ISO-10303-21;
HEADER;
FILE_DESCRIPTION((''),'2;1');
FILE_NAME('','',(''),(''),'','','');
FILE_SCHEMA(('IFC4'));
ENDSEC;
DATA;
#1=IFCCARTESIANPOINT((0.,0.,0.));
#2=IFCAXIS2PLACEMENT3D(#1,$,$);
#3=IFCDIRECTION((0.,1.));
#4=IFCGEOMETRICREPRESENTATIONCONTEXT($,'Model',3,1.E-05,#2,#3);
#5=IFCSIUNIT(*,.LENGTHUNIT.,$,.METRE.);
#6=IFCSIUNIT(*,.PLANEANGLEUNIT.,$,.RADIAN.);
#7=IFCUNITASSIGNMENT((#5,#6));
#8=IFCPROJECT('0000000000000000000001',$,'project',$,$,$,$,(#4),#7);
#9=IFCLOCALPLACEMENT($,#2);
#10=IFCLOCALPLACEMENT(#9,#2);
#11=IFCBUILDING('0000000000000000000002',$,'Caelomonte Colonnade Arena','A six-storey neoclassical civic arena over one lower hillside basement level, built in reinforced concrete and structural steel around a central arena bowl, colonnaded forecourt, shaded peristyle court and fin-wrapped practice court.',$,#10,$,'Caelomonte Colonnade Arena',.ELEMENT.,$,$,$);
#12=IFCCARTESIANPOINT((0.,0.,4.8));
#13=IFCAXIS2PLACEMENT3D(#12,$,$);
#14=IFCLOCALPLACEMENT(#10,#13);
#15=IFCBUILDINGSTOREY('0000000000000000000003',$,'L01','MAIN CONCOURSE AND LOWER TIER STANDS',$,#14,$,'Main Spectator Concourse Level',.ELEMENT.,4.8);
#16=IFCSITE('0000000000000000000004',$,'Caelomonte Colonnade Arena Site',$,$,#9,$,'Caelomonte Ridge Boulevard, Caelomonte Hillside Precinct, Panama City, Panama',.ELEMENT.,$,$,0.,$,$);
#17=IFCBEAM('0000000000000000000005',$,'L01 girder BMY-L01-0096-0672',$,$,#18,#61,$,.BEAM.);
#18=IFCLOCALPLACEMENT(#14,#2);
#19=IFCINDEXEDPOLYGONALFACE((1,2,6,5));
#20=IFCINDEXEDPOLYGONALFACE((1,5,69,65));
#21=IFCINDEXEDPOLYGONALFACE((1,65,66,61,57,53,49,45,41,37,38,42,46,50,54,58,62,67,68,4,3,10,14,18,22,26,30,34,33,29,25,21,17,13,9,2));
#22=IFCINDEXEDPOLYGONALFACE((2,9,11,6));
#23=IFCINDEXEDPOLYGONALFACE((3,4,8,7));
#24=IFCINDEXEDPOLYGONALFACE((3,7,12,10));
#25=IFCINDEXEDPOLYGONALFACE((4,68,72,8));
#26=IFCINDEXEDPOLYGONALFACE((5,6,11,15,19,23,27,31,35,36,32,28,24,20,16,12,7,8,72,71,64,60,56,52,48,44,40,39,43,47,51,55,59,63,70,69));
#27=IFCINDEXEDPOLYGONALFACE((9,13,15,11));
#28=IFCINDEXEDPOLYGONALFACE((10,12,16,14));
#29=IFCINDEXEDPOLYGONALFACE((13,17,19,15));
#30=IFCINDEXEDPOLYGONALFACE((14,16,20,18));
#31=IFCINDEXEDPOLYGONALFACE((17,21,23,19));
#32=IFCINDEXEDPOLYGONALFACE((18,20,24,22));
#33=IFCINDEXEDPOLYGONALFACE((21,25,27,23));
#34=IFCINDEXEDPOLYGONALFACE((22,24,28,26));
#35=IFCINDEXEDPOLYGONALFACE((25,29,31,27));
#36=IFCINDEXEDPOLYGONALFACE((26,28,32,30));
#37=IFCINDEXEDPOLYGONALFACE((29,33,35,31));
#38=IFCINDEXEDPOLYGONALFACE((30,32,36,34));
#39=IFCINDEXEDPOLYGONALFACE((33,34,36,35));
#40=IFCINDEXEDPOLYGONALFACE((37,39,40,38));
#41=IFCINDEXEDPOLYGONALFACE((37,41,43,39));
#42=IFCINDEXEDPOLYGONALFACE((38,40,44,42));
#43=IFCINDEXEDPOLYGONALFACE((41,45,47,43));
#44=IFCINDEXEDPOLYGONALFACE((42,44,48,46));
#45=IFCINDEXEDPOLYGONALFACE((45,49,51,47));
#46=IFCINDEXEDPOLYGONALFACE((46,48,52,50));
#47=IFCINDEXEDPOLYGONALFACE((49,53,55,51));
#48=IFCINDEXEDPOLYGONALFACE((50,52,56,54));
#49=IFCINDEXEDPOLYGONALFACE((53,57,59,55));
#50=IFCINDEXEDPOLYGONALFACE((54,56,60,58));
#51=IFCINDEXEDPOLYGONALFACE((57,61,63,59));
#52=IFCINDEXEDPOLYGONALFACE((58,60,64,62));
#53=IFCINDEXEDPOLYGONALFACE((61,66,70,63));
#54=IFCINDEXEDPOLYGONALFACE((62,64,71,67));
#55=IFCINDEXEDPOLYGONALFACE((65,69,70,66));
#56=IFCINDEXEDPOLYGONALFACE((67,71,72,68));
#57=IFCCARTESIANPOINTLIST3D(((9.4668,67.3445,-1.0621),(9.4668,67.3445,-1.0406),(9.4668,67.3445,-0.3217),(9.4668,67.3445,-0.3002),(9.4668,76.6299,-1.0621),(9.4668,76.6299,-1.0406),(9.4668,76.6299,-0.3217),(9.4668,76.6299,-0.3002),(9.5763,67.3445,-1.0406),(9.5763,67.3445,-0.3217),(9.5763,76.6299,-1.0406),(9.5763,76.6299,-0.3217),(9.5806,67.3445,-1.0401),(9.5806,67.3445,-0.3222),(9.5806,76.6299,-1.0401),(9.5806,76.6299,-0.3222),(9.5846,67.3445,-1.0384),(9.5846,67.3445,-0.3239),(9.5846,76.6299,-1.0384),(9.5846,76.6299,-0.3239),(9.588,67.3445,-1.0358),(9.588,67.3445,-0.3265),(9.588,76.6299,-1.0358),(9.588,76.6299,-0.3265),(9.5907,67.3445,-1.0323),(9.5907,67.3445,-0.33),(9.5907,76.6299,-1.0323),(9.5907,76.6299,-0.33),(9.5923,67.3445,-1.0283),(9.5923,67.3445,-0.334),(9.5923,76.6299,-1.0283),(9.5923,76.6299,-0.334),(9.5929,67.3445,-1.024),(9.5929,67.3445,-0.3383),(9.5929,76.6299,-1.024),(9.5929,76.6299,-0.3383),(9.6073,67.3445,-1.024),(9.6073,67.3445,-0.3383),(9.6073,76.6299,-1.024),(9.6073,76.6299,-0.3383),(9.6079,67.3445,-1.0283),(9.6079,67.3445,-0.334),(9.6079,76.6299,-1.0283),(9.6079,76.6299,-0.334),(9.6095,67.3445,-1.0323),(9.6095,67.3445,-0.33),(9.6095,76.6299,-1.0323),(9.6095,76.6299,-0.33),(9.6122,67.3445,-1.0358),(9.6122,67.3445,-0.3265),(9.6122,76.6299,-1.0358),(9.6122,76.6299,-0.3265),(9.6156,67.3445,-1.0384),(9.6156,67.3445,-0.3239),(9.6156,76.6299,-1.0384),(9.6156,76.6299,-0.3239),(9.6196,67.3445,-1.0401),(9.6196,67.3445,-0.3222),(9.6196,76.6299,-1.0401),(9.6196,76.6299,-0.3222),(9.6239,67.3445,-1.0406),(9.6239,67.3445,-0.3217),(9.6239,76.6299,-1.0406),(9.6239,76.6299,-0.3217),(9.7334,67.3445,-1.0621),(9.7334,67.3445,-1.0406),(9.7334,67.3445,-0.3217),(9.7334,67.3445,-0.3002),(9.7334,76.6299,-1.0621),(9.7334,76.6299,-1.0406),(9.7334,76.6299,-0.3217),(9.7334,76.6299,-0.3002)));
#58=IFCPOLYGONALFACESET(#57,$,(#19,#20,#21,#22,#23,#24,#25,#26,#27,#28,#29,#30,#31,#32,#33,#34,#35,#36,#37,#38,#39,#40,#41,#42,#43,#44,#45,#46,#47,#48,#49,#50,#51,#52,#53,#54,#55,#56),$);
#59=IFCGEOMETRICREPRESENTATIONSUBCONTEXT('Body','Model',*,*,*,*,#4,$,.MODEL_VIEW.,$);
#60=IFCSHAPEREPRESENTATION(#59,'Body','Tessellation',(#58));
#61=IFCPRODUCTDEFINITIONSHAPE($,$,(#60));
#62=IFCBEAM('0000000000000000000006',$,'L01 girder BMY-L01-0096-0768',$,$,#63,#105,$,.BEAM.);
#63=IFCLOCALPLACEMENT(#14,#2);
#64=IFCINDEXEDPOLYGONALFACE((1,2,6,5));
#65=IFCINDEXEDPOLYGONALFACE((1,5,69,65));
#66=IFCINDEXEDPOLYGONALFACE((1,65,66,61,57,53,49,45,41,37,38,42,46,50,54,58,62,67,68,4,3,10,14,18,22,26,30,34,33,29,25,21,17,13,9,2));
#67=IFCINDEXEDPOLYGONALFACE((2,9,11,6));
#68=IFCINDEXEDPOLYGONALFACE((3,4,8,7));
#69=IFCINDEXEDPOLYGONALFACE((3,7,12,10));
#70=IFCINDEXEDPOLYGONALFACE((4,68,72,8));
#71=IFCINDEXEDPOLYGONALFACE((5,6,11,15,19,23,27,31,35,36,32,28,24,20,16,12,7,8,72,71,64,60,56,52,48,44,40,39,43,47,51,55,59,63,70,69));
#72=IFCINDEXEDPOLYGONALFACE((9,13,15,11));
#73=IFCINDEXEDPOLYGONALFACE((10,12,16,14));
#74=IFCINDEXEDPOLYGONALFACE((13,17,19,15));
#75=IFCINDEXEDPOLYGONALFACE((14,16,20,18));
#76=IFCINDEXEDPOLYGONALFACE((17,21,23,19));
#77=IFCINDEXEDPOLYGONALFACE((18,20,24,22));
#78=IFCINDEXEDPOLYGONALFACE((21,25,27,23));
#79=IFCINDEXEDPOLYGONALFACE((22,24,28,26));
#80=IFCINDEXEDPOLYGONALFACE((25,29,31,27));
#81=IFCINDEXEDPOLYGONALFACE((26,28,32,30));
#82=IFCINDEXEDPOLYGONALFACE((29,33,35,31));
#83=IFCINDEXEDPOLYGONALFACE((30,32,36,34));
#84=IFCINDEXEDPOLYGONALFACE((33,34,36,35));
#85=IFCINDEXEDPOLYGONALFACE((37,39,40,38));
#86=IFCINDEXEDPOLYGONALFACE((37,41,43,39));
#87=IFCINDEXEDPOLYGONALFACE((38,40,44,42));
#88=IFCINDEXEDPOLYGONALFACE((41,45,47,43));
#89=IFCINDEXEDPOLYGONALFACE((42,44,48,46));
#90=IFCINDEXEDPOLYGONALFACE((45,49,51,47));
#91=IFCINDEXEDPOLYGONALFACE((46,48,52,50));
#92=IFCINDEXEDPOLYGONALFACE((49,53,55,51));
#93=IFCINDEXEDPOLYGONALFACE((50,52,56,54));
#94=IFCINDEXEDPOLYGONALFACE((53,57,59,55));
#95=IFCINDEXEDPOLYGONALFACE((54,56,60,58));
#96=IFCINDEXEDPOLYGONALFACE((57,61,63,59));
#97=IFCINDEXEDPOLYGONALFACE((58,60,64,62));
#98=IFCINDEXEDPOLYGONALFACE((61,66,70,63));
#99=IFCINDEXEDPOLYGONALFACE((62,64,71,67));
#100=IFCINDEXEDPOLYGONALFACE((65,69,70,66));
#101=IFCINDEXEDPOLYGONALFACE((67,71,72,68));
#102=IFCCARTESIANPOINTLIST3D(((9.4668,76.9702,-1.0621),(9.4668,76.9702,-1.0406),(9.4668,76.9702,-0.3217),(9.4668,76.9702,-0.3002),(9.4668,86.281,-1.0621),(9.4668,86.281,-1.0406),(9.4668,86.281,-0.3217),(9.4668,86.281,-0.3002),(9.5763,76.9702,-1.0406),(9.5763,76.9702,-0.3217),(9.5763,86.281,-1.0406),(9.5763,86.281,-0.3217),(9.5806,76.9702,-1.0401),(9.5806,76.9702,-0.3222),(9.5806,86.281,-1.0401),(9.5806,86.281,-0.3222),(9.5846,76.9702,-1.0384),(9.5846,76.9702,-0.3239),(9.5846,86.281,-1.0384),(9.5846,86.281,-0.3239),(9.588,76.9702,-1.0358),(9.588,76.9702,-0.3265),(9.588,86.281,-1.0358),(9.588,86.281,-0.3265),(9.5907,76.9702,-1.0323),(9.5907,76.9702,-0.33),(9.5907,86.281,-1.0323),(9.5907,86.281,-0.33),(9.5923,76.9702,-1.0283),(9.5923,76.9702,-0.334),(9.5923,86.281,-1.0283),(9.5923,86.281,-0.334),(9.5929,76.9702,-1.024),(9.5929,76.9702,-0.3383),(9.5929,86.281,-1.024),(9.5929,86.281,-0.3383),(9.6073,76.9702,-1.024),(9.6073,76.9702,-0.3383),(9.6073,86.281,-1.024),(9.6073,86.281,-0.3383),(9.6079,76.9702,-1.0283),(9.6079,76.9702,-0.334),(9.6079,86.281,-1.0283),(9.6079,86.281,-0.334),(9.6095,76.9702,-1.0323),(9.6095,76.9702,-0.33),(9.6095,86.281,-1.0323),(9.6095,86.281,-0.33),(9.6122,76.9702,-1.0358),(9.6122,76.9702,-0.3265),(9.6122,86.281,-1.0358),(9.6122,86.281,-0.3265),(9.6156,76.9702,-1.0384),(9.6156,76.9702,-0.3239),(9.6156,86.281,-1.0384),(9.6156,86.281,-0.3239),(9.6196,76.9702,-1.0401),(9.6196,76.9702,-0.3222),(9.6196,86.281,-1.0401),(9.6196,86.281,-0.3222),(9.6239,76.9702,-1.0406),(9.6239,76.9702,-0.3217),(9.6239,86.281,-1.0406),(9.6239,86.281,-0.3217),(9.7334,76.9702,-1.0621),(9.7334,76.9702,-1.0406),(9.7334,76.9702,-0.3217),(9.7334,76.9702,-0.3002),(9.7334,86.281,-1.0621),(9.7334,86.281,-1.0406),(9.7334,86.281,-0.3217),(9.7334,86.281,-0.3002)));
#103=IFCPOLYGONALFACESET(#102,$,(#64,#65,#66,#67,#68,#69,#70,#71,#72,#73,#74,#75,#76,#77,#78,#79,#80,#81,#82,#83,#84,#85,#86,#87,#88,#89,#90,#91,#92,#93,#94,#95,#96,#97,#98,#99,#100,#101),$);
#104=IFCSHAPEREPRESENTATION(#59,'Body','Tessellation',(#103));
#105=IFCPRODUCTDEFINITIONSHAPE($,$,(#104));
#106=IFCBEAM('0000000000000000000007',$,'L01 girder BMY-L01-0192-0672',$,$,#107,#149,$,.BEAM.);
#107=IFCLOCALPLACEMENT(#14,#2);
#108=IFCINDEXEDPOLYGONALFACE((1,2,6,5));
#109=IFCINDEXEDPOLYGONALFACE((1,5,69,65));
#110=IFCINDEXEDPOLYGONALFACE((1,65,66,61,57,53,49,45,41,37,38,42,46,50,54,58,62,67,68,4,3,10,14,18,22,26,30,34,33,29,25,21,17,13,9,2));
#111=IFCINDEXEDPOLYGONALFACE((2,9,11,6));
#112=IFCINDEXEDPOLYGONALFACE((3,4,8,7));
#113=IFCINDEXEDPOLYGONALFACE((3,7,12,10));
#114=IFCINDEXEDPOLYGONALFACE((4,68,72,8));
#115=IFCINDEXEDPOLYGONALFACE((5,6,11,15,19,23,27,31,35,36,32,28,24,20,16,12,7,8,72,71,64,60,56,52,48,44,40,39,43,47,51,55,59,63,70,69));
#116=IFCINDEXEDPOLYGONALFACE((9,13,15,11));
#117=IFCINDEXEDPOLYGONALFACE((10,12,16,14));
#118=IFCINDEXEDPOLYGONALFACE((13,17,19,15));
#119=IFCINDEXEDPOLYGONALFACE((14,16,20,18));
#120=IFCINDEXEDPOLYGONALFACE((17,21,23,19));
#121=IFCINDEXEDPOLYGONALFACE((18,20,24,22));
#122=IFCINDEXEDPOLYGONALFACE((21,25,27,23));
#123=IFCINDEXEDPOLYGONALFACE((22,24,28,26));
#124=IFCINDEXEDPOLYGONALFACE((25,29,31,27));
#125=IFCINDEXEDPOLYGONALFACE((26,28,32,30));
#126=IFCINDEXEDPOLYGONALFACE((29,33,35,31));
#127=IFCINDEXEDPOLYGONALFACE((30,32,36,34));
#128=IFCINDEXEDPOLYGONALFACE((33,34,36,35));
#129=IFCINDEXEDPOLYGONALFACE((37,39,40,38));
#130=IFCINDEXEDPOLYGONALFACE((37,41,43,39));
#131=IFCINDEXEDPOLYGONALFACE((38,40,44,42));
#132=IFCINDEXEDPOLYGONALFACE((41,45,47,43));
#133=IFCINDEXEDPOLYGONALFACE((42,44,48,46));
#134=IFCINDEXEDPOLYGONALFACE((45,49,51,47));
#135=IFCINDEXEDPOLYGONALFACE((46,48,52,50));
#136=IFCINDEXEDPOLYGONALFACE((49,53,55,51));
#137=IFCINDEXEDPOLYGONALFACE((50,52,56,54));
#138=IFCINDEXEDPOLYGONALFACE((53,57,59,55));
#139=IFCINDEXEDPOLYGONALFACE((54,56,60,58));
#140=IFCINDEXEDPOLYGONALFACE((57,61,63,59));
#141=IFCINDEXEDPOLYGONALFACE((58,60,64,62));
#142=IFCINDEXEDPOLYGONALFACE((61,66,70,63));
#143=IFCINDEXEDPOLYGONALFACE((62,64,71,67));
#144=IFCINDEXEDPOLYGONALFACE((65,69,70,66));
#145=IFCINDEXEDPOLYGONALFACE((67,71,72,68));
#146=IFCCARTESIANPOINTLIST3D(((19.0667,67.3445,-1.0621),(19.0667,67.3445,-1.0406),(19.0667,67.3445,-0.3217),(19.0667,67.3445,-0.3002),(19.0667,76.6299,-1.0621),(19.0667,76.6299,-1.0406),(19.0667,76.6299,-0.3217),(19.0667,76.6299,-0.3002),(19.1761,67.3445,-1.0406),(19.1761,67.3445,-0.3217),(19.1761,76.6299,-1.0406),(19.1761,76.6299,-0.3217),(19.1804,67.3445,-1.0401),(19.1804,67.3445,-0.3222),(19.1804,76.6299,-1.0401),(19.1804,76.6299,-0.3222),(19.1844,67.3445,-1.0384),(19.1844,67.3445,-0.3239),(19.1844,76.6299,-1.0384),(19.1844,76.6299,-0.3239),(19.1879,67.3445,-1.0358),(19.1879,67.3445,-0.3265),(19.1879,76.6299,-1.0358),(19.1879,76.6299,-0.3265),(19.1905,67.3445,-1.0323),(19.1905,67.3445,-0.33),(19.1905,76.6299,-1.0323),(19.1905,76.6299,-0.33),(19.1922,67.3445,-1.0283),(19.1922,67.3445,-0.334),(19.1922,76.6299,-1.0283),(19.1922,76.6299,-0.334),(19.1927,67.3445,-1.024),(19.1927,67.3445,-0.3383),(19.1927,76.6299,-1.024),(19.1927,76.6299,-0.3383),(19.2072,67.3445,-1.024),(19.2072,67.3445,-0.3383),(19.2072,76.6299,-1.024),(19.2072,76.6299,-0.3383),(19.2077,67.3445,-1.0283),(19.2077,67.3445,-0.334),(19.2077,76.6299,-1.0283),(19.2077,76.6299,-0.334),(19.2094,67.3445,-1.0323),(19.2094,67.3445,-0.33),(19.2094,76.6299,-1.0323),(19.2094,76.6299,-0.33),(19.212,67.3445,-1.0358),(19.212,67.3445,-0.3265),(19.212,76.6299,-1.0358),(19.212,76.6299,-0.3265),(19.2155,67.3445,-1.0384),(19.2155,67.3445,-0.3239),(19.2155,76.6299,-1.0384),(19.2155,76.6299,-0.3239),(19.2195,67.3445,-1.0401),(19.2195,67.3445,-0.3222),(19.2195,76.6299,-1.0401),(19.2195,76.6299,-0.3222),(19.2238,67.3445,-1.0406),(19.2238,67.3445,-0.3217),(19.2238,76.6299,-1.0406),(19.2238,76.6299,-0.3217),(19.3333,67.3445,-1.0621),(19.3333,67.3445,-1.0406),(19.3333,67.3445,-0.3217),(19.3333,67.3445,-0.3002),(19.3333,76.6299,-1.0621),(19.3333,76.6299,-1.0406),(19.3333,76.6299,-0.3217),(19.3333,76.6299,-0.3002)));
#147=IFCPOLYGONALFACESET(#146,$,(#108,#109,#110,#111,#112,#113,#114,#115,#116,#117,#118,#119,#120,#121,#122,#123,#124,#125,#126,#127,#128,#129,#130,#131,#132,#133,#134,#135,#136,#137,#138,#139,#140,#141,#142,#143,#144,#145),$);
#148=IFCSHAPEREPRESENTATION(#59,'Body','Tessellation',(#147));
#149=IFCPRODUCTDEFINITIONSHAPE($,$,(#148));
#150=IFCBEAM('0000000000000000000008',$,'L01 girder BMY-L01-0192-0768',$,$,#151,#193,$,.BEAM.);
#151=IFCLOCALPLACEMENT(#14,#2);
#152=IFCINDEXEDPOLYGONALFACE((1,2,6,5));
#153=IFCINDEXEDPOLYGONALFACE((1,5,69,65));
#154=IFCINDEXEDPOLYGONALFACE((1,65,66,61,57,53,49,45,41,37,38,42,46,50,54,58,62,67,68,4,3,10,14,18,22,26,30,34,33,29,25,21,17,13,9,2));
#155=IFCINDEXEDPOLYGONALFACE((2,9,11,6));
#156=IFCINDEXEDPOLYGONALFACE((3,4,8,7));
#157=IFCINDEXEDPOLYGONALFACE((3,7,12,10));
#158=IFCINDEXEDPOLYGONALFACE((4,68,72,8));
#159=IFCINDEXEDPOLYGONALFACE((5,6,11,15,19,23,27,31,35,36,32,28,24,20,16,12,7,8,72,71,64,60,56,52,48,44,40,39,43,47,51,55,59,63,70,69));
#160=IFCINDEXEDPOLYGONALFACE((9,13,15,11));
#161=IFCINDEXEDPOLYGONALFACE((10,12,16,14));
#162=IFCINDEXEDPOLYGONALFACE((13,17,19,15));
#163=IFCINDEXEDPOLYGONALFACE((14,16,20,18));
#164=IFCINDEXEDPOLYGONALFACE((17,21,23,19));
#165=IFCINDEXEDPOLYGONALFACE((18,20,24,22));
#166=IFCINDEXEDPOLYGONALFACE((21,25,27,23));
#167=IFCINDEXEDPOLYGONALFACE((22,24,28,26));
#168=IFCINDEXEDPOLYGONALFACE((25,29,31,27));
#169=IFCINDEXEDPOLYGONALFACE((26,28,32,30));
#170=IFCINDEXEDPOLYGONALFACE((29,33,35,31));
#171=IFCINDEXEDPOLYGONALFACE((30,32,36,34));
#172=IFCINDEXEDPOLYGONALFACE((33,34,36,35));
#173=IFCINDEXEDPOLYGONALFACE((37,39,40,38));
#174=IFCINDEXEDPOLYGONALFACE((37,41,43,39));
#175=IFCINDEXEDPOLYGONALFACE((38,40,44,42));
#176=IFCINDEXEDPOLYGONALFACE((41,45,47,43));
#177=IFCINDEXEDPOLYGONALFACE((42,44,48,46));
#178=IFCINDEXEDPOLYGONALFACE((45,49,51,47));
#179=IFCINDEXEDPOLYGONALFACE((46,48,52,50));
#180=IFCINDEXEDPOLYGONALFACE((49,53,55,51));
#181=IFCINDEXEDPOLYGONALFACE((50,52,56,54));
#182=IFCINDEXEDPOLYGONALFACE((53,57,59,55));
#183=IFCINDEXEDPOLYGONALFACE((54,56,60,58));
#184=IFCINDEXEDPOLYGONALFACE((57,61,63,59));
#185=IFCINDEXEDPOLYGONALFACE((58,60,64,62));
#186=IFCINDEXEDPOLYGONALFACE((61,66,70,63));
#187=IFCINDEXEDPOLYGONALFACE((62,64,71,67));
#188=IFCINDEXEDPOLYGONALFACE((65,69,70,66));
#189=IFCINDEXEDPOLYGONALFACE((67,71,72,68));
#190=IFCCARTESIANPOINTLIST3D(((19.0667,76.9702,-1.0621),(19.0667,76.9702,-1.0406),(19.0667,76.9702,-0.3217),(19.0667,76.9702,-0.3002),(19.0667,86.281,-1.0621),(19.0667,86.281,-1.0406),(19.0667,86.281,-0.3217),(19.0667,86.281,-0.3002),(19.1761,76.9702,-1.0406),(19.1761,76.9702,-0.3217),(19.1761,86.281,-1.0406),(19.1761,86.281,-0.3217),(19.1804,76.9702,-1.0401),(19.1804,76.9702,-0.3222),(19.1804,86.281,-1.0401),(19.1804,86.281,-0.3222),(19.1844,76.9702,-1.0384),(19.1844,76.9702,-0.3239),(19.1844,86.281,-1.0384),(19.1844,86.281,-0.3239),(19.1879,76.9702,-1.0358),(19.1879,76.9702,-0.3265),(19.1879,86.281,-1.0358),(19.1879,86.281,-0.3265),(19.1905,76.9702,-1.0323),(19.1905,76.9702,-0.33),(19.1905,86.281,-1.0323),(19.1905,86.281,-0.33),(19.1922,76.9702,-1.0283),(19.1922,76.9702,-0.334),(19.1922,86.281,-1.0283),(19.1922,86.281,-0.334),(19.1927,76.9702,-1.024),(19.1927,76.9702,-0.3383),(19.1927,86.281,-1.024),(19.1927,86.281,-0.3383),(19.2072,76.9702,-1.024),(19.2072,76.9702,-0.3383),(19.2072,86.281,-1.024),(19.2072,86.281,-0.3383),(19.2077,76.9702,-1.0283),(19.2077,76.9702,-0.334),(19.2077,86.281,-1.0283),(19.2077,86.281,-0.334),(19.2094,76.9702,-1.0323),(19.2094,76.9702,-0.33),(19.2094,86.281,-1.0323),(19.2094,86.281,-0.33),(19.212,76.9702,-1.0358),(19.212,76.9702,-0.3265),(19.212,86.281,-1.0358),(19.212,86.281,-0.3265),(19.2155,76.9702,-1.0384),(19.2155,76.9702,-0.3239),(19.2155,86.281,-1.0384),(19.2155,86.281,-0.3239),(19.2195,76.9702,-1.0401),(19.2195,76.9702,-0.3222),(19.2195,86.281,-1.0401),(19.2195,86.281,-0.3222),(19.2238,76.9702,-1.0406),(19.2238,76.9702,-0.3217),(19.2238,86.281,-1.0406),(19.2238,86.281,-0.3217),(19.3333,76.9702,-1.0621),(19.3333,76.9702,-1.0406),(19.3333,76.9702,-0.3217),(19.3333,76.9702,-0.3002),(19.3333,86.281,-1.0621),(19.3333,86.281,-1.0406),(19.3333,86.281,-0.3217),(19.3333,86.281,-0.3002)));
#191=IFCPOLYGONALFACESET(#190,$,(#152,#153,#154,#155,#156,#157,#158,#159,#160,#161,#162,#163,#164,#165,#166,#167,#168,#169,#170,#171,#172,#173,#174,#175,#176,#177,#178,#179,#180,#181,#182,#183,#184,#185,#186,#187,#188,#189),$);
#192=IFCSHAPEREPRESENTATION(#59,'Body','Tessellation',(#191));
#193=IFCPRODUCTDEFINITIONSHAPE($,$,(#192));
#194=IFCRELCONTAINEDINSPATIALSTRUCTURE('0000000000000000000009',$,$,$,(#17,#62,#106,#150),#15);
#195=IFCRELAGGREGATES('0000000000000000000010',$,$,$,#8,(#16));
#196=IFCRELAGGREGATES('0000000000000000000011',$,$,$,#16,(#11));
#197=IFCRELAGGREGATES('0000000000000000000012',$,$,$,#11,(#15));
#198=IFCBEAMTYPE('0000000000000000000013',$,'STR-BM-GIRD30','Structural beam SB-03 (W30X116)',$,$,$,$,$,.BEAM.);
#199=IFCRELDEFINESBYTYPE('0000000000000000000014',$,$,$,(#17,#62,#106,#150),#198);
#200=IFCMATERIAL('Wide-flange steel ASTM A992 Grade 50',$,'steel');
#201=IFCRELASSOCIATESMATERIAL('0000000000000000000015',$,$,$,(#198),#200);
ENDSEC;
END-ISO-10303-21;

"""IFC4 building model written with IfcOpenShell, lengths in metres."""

from ifc_helpers import new_model, si_unit, direction, frame, origin, origin_2d, place, context, subcontext, project, spatial, i_section, extrude, material, material_profile, profile_set, type_object, element, save


model = new_model("IFC4")

# Units and contexts
model_context = context("Model", 3, precision=1e-05, world=origin(), true_north=direction((0.0, 1.0)))
body_context = subcontext(model_context, "Body", "Model", "MODEL_VIEW")
ifc_project = project(units=[si_unit("LENGTHUNIT", "METRE"), si_unit("PLANEANGLEUNIT", "RADIAN")], contexts=[model_context])

# Site, building, storey
site_placement = place(None, origin())
site = spatial("IfcSite", under=ifc_project, at=site_placement, Name="Caelomonte Colonnade Arena Site", LongName="Caelomonte Ridge Boulevard, Caelomonte Hillside Precinct, Panama City, Panama", CompositionType="ELEMENT", RefElevation=0.0)
building_placement = place(site_placement, origin())
building = spatial("IfcBuilding", under=site, at=building_placement, Name="Caelomonte Colonnade Arena", Description="A six-storey neoclassical civic arena over one lower hillside basement level, built in reinforced concrete and structural steel around a central arena bowl, colonnaded forecourt, shaded peristyle court and fin-wrapped practice court.", LongName="Caelomonte Colonnade Arena", CompositionType="ELEMENT")
storey_placement = place(building_placement, frame((0.0, 0.0, 4.8)))
storey = spatial("IfcBuildingStorey", under=building, at=storey_placement, Name="L01", Description="MAIN CONCOURSE AND LOWER TIER STANDS", LongName="Main Spectator Concourse Level", CompositionType="ELEMENT", Elevation=4.8)

# Shared definitions
ifc_material_1 = material(Name="Wide-flange steel ASTM A992 Grade 50", Category="steel")

# Beams
ifc_material_profile_1 = material_profile(ifc_material_1, i_section(OverallWidth=0.2666, OverallDepth=0.762, WebThickness=0.0144, FlangeThickness=0.0215, FilletRadius=0.0166, at=origin_2d()), Name="W30X116")
ifc_profile_set_1 = profile_set([ifc_material_profile_1], Name="Wide-flange steel ASTM A992 Grade 50")
beam_type_1 = type_object("IfcBeamType", Name="STR-BM-GIRD30", Description="Structural beam SB-03 (W30X116)", PredefinedType="BEAM", material=ifc_profile_set_1)
beam_1_placement = place(storey_placement, frame((9.6001, 67.3445, -0.6812), z_axis=(0.0, 1.0, 0.0), x_axis=(-1.0, 0.0, 0.0)))
element("IfcBeam", 1, at=beam_1_placement, inside=storey, type_object=beam_type_1, Name="L01 girder BMY-L01-0096-0672", PredefinedType="BEAM", context=body_context, shape_type="SweptSolid", body=[
    extrude(i_section(OverallWidth=0.2666, OverallDepth=0.762, WebThickness=0.0144, FlangeThickness=0.0215, FilletRadius=0.0166, at=origin_2d()), origin(), (0.0, 0.0, 1.0), 9.2854),
])
beam_2_placement = place(storey_placement, frame((9.6001, 76.9702, -0.6812), z_axis=(0.0, 1.0, 0.0), x_axis=(-1.0, 0.0, 0.0)))
element("IfcBeam", 2, at=beam_2_placement, inside=storey, type_object=beam_type_1, Name="L01 girder BMY-L01-0096-0768", PredefinedType="BEAM", context=body_context, shape_type="SweptSolid", body=[
    extrude(i_section(OverallWidth=0.2666, OverallDepth=0.762, WebThickness=0.0144, FlangeThickness=0.0215, FilletRadius=0.0166, at=origin_2d()), origin(), (0.0, 0.0, 1.0), 9.3108),
])
beam_3_placement = place(storey_placement, frame((19.2, 67.3445, -0.6812), z_axis=(0.0, 1.0, 0.0), x_axis=(-1.0, 0.0, 0.0)))
element("IfcBeam", 3, at=beam_3_placement, inside=storey, type_object=beam_type_1, Name="L01 girder BMY-L01-0192-0672", PredefinedType="BEAM", context=body_context, shape_type="SweptSolid", body=[
    extrude(i_section(OverallWidth=0.2666, OverallDepth=0.762, WebThickness=0.0144, FlangeThickness=0.0215, FilletRadius=0.0166, at=origin_2d()), origin(), (0.0, 0.0, 1.0), 9.2854),
])
beam_4_placement = place(storey_placement, frame((19.2, 76.9702, -0.6812), z_axis=(0.0, 1.0, 0.0), x_axis=(-1.0, 0.0, 0.0)))
element("IfcBeam", 4, at=beam_4_placement, inside=storey, type_object=beam_type_1, Name="L01 girder BMY-L01-0192-0768", PredefinedType="BEAM", context=body_context, shape_type="SweptSolid", body=[
    extrude(i_section(OverallWidth=0.2666, OverallDepth=0.762, WebThickness=0.0144, FlangeThickness=0.0215, FilletRadius=0.0166, at=origin_2d()), origin(), (0.0, 0.0, 1.0), 9.3108),
])

save(model, "model.ifc")
